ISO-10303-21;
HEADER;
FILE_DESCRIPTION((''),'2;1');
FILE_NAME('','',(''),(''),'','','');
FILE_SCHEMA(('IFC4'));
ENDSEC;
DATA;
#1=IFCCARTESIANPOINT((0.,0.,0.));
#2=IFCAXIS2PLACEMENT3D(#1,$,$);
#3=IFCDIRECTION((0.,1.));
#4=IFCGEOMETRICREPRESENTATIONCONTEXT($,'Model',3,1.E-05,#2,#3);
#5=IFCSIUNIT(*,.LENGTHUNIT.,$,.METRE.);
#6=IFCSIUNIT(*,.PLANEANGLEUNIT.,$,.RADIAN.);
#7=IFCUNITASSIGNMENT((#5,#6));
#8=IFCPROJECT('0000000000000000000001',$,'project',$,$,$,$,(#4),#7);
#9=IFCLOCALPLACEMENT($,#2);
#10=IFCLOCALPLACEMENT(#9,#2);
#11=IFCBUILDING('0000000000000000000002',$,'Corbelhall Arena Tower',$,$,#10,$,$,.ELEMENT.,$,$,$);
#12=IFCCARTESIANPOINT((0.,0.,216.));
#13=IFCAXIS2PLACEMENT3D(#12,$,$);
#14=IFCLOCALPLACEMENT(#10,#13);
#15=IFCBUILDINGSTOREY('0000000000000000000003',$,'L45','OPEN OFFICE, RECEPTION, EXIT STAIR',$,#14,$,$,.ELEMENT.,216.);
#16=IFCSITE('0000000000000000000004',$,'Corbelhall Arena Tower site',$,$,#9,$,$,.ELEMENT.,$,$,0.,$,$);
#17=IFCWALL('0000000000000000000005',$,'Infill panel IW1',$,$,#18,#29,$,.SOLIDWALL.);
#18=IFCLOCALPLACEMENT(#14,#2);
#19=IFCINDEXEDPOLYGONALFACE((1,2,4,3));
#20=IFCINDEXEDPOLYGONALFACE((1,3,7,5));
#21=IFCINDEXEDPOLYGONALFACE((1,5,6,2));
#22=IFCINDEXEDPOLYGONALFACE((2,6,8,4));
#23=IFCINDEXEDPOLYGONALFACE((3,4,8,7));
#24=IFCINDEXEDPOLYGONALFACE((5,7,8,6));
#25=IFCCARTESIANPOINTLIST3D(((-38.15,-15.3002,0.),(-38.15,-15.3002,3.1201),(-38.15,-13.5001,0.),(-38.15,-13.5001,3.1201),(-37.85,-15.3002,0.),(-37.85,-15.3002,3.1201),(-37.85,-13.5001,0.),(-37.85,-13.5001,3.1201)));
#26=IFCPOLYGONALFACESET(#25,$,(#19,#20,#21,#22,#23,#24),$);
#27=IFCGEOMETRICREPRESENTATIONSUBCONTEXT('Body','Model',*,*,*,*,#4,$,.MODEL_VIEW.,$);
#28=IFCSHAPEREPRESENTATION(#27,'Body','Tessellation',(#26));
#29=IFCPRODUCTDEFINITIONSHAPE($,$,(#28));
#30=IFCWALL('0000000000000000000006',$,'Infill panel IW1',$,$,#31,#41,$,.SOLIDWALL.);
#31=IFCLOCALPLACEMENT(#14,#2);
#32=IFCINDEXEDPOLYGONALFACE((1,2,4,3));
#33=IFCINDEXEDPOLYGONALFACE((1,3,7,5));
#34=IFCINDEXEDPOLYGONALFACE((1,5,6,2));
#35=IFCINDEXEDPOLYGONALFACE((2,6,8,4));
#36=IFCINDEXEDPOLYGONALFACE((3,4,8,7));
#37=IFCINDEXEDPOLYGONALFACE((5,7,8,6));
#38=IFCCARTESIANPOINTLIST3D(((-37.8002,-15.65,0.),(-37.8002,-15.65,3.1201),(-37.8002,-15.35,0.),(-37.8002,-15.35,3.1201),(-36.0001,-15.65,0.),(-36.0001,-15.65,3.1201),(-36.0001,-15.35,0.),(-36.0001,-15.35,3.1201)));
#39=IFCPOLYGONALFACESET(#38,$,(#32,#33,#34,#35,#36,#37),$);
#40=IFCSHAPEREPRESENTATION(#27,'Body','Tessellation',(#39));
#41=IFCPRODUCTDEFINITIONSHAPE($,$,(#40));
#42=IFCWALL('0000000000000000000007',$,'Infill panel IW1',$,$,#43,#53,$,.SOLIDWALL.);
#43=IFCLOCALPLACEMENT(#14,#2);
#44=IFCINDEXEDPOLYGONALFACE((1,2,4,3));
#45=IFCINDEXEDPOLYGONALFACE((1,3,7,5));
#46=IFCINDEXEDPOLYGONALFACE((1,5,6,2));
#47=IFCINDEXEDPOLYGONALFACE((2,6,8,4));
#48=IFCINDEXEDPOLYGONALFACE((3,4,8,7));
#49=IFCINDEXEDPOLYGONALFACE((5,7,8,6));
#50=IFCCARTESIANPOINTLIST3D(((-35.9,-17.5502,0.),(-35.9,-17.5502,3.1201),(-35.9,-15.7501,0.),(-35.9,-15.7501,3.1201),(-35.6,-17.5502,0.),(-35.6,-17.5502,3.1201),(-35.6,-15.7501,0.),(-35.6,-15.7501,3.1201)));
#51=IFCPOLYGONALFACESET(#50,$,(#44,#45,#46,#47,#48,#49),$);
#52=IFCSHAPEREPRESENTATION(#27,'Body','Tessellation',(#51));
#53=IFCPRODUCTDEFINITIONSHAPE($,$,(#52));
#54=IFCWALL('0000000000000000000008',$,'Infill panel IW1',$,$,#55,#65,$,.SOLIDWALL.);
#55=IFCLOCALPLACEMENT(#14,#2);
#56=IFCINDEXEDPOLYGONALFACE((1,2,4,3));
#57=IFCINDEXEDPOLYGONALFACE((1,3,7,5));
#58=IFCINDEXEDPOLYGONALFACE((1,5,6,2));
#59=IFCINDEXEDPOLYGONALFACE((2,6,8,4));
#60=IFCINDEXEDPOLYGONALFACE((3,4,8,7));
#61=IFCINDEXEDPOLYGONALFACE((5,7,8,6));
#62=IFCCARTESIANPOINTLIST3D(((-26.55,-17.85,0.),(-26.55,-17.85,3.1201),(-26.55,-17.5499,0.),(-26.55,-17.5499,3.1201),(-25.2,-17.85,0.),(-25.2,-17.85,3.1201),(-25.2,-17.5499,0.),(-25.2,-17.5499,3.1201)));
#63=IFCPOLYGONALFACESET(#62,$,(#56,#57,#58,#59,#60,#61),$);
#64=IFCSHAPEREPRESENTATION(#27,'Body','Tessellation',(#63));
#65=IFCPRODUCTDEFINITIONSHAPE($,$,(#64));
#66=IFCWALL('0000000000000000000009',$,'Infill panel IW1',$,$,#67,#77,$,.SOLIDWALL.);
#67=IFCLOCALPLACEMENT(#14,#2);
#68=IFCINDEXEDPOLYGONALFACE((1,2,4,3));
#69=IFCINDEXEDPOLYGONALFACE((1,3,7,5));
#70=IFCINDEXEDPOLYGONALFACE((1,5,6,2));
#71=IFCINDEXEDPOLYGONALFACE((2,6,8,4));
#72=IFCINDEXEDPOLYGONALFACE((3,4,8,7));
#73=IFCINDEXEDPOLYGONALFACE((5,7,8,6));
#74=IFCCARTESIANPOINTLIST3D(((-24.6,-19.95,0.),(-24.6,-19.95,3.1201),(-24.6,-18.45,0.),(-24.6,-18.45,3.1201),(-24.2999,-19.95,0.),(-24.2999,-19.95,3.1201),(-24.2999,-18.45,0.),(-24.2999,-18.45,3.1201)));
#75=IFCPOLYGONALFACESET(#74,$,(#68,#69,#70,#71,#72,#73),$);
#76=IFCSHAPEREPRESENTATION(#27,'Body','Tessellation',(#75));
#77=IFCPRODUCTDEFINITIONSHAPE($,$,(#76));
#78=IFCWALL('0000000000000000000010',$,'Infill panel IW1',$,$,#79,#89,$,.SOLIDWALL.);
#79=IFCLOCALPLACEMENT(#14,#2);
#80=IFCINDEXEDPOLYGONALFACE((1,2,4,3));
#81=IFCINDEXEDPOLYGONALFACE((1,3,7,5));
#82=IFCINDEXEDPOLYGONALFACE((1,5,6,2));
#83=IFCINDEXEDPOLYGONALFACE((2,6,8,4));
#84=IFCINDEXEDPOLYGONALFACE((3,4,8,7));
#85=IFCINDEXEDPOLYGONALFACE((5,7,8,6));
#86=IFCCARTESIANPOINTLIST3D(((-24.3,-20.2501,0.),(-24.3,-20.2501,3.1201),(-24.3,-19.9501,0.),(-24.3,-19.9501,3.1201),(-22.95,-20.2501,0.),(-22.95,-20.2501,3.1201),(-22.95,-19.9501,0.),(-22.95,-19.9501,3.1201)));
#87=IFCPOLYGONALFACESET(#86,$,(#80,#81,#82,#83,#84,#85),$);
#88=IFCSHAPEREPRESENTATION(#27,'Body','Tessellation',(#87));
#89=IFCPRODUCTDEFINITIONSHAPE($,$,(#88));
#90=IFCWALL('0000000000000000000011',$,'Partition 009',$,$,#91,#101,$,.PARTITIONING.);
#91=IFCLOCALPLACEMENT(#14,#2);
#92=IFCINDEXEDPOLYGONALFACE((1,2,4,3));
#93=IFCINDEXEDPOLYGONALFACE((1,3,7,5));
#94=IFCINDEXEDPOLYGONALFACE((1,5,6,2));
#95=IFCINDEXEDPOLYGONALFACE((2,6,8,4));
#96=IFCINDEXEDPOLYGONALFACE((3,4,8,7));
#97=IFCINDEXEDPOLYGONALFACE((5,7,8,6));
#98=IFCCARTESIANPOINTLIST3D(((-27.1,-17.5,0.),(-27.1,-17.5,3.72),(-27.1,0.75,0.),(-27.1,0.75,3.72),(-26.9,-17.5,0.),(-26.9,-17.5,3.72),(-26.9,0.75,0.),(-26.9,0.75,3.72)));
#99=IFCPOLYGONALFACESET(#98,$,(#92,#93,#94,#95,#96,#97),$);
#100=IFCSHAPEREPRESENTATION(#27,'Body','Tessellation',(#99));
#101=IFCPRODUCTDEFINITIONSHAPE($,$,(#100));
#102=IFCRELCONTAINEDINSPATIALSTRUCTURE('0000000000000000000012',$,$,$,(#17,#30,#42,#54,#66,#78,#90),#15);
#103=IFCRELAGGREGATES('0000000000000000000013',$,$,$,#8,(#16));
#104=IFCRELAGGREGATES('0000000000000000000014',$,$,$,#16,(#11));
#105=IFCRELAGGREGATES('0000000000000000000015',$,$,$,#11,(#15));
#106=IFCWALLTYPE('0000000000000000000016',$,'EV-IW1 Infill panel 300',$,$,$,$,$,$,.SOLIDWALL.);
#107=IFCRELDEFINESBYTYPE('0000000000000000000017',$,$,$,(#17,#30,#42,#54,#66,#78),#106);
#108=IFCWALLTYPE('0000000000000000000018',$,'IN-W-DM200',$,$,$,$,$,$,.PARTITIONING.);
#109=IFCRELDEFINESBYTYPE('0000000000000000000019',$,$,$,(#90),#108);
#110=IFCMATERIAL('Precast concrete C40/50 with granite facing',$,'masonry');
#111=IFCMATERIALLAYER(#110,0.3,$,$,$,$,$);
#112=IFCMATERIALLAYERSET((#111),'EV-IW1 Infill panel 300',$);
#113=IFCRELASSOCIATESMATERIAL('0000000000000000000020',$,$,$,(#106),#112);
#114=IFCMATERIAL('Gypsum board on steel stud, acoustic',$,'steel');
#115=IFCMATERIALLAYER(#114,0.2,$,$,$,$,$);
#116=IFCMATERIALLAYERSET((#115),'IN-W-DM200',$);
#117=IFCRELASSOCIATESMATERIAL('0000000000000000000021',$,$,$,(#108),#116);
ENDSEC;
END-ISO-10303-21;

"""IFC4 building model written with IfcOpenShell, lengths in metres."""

from ifc_helpers import new_model, si_unit, direction, frame, frame_2d, origin, place, context, subcontext, project, spatial, rectangle, extrude, material, layer, layer_set, type_object, element, save


model = new_model("IFC4")

# Units and contexts
model_context = context("Model", 3, precision=1e-05, world=origin(), true_north=direction((0.0, 1.0)))
body_context = subcontext(model_context, "Body", "Model", "MODEL_VIEW")
ifc_project = project(units=[si_unit("LENGTHUNIT", "METRE"), si_unit("PLANEANGLEUNIT", "RADIAN")], contexts=[model_context])

# Site, building, storey
site_placement = place(None, origin())
site = spatial("IfcSite", under=ifc_project, at=site_placement, Name="Corbelhall Arena Tower site", CompositionType="ELEMENT", RefElevation=0.0)
building_placement = place(site_placement, origin())
building = spatial("IfcBuilding", under=site, at=building_placement, Name="Corbelhall Arena Tower", CompositionType="ELEMENT")
storey_placement = place(building_placement, frame((0.0, 0.0, 216.0)))
storey = spatial("IfcBuildingStorey", under=building, at=storey_placement, Name="L45", Description="OPEN OFFICE, RECEPTION, EXIT STAIR", CompositionType="ELEMENT", Elevation=216.0)

# Walls
ifc_material_1 = material(Name="Precast concrete C40/50 with granite facing", Category="masonry")
ifc_layer_1 = layer(ifc_material_1, 0.3)
ifc_layer_set_1 = layer_set([ifc_layer_1], Name="EV-IW1 Infill panel 300")
wall_type_1 = type_object("IfcWallType", Name="EV-IW1 Infill panel 300", PredefinedType="SOLIDWALL", material=ifc_layer_set_1)
for number, where, z_axis, x_axis, name in (
    (1, (-38.0, -15.3, 0.0), (0.0, 0.0, 1.0), (0.0, 1.0, 0.0), "Infill panel IW1"),
    (2, (-37.8, -15.5, 0.0), (0.0, 0.0, 1.0), (1.0, 0.0, 0.0), "Infill panel IW1"),
    (3, (-35.75, -17.55, 0.0), (0.0, 0.0, 1.0), (0.0, 1.0, 0.0), "Infill panel IW1"),
):
    element("IfcWall", number, at=place(storey_placement, frame(where, z_axis=z_axis, x_axis=x_axis)), inside=storey, type_object=wall_type_1, Name=name, PredefinedType="SOLIDWALL", context=body_context, shape_type="SweptSolid", body=[
        extrude(rectangle(XDim=1.8, YDim=0.3, at=frame_2d((0.8999, 0.0))), origin(), (0.0, 0.0, 1.0), 3.1201),
    ])

# Walls
wall_1_placement = place(storey_placement, frame((-26.55, -17.7, 0.0), z_axis=(0.0, 0.0, 1.0), x_axis=(1.0, 0.0, 0.0)))
element("IfcWall", 4, at=wall_1_placement, inside=storey, type_object=wall_type_1, Name="Infill panel IW1", PredefinedType="SOLIDWALL", context=body_context, shape_type="SweptSolid", body=[
    extrude(rectangle(XDim=1.3501, YDim=0.3, at=frame_2d((0.675, 0.0))), origin(), (0.0, 0.0, 1.0), 3.1201),
])
wall_2_placement = place(storey_placement, frame((-24.45, -18.45, 0.0), z_axis=(0.0, 0.0, 1.0), x_axis=(0.0, -1.0, 0.0)))
element("IfcWall", 5, at=wall_2_placement, inside=storey, type_object=wall_type_1, Name="Infill panel IW1", PredefinedType="SOLIDWALL", context=body_context, shape_type="SweptSolid", body=[
    extrude(rectangle(XDim=1.5, YDim=0.3, at=frame_2d((0.75, 0.0))), origin(), (0.0, 0.0, 1.0), 3.1201),
])
wall_3_placement = place(storey_placement, frame((-24.3, -20.1001, 0.0), z_axis=(0.0, 0.0, 1.0), x_axis=(1.0, 0.0, 0.0)))
element("IfcWall", 6, at=wall_3_placement, inside=storey, type_object=wall_type_1, Name="Infill panel IW1", PredefinedType="SOLIDWALL", context=body_context, shape_type="SweptSolid", body=[
    extrude(rectangle(XDim=1.3501, YDim=0.3, at=frame_2d((0.675, 0.0))), origin(), (0.0, 0.0, 1.0), 3.1201),
])
ifc_material_2 = material(Name="Gypsum board on steel stud, acoustic", Category="steel")
ifc_layer_2 = layer(ifc_material_2, 0.2)
ifc_layer_set_2 = layer_set([ifc_layer_2], Name="IN-W-DM200")
wall_type_2 = type_object("IfcWallType", Name="IN-W-DM200", PredefinedType="PARTITIONING", material=ifc_layer_set_2)
wall_4_placement = place(storey_placement, frame((-27.0, -17.5, 0.0), z_axis=(0.0, 0.0, 1.0), x_axis=(0.0, 1.0, 0.0)))
element("IfcWall", 7, at=wall_4_placement, inside=storey, type_object=wall_type_2, Name="Partition 009", PredefinedType="PARTITIONING", context=body_context, shape_type="SweptSolid", body=[
    extrude(rectangle(XDim=18.25, YDim=0.2, at=frame_2d((9.125, 0.0))), origin(), (0.0, 0.0, 1.0), 3.72),
])

save(model, "model.ifc")
